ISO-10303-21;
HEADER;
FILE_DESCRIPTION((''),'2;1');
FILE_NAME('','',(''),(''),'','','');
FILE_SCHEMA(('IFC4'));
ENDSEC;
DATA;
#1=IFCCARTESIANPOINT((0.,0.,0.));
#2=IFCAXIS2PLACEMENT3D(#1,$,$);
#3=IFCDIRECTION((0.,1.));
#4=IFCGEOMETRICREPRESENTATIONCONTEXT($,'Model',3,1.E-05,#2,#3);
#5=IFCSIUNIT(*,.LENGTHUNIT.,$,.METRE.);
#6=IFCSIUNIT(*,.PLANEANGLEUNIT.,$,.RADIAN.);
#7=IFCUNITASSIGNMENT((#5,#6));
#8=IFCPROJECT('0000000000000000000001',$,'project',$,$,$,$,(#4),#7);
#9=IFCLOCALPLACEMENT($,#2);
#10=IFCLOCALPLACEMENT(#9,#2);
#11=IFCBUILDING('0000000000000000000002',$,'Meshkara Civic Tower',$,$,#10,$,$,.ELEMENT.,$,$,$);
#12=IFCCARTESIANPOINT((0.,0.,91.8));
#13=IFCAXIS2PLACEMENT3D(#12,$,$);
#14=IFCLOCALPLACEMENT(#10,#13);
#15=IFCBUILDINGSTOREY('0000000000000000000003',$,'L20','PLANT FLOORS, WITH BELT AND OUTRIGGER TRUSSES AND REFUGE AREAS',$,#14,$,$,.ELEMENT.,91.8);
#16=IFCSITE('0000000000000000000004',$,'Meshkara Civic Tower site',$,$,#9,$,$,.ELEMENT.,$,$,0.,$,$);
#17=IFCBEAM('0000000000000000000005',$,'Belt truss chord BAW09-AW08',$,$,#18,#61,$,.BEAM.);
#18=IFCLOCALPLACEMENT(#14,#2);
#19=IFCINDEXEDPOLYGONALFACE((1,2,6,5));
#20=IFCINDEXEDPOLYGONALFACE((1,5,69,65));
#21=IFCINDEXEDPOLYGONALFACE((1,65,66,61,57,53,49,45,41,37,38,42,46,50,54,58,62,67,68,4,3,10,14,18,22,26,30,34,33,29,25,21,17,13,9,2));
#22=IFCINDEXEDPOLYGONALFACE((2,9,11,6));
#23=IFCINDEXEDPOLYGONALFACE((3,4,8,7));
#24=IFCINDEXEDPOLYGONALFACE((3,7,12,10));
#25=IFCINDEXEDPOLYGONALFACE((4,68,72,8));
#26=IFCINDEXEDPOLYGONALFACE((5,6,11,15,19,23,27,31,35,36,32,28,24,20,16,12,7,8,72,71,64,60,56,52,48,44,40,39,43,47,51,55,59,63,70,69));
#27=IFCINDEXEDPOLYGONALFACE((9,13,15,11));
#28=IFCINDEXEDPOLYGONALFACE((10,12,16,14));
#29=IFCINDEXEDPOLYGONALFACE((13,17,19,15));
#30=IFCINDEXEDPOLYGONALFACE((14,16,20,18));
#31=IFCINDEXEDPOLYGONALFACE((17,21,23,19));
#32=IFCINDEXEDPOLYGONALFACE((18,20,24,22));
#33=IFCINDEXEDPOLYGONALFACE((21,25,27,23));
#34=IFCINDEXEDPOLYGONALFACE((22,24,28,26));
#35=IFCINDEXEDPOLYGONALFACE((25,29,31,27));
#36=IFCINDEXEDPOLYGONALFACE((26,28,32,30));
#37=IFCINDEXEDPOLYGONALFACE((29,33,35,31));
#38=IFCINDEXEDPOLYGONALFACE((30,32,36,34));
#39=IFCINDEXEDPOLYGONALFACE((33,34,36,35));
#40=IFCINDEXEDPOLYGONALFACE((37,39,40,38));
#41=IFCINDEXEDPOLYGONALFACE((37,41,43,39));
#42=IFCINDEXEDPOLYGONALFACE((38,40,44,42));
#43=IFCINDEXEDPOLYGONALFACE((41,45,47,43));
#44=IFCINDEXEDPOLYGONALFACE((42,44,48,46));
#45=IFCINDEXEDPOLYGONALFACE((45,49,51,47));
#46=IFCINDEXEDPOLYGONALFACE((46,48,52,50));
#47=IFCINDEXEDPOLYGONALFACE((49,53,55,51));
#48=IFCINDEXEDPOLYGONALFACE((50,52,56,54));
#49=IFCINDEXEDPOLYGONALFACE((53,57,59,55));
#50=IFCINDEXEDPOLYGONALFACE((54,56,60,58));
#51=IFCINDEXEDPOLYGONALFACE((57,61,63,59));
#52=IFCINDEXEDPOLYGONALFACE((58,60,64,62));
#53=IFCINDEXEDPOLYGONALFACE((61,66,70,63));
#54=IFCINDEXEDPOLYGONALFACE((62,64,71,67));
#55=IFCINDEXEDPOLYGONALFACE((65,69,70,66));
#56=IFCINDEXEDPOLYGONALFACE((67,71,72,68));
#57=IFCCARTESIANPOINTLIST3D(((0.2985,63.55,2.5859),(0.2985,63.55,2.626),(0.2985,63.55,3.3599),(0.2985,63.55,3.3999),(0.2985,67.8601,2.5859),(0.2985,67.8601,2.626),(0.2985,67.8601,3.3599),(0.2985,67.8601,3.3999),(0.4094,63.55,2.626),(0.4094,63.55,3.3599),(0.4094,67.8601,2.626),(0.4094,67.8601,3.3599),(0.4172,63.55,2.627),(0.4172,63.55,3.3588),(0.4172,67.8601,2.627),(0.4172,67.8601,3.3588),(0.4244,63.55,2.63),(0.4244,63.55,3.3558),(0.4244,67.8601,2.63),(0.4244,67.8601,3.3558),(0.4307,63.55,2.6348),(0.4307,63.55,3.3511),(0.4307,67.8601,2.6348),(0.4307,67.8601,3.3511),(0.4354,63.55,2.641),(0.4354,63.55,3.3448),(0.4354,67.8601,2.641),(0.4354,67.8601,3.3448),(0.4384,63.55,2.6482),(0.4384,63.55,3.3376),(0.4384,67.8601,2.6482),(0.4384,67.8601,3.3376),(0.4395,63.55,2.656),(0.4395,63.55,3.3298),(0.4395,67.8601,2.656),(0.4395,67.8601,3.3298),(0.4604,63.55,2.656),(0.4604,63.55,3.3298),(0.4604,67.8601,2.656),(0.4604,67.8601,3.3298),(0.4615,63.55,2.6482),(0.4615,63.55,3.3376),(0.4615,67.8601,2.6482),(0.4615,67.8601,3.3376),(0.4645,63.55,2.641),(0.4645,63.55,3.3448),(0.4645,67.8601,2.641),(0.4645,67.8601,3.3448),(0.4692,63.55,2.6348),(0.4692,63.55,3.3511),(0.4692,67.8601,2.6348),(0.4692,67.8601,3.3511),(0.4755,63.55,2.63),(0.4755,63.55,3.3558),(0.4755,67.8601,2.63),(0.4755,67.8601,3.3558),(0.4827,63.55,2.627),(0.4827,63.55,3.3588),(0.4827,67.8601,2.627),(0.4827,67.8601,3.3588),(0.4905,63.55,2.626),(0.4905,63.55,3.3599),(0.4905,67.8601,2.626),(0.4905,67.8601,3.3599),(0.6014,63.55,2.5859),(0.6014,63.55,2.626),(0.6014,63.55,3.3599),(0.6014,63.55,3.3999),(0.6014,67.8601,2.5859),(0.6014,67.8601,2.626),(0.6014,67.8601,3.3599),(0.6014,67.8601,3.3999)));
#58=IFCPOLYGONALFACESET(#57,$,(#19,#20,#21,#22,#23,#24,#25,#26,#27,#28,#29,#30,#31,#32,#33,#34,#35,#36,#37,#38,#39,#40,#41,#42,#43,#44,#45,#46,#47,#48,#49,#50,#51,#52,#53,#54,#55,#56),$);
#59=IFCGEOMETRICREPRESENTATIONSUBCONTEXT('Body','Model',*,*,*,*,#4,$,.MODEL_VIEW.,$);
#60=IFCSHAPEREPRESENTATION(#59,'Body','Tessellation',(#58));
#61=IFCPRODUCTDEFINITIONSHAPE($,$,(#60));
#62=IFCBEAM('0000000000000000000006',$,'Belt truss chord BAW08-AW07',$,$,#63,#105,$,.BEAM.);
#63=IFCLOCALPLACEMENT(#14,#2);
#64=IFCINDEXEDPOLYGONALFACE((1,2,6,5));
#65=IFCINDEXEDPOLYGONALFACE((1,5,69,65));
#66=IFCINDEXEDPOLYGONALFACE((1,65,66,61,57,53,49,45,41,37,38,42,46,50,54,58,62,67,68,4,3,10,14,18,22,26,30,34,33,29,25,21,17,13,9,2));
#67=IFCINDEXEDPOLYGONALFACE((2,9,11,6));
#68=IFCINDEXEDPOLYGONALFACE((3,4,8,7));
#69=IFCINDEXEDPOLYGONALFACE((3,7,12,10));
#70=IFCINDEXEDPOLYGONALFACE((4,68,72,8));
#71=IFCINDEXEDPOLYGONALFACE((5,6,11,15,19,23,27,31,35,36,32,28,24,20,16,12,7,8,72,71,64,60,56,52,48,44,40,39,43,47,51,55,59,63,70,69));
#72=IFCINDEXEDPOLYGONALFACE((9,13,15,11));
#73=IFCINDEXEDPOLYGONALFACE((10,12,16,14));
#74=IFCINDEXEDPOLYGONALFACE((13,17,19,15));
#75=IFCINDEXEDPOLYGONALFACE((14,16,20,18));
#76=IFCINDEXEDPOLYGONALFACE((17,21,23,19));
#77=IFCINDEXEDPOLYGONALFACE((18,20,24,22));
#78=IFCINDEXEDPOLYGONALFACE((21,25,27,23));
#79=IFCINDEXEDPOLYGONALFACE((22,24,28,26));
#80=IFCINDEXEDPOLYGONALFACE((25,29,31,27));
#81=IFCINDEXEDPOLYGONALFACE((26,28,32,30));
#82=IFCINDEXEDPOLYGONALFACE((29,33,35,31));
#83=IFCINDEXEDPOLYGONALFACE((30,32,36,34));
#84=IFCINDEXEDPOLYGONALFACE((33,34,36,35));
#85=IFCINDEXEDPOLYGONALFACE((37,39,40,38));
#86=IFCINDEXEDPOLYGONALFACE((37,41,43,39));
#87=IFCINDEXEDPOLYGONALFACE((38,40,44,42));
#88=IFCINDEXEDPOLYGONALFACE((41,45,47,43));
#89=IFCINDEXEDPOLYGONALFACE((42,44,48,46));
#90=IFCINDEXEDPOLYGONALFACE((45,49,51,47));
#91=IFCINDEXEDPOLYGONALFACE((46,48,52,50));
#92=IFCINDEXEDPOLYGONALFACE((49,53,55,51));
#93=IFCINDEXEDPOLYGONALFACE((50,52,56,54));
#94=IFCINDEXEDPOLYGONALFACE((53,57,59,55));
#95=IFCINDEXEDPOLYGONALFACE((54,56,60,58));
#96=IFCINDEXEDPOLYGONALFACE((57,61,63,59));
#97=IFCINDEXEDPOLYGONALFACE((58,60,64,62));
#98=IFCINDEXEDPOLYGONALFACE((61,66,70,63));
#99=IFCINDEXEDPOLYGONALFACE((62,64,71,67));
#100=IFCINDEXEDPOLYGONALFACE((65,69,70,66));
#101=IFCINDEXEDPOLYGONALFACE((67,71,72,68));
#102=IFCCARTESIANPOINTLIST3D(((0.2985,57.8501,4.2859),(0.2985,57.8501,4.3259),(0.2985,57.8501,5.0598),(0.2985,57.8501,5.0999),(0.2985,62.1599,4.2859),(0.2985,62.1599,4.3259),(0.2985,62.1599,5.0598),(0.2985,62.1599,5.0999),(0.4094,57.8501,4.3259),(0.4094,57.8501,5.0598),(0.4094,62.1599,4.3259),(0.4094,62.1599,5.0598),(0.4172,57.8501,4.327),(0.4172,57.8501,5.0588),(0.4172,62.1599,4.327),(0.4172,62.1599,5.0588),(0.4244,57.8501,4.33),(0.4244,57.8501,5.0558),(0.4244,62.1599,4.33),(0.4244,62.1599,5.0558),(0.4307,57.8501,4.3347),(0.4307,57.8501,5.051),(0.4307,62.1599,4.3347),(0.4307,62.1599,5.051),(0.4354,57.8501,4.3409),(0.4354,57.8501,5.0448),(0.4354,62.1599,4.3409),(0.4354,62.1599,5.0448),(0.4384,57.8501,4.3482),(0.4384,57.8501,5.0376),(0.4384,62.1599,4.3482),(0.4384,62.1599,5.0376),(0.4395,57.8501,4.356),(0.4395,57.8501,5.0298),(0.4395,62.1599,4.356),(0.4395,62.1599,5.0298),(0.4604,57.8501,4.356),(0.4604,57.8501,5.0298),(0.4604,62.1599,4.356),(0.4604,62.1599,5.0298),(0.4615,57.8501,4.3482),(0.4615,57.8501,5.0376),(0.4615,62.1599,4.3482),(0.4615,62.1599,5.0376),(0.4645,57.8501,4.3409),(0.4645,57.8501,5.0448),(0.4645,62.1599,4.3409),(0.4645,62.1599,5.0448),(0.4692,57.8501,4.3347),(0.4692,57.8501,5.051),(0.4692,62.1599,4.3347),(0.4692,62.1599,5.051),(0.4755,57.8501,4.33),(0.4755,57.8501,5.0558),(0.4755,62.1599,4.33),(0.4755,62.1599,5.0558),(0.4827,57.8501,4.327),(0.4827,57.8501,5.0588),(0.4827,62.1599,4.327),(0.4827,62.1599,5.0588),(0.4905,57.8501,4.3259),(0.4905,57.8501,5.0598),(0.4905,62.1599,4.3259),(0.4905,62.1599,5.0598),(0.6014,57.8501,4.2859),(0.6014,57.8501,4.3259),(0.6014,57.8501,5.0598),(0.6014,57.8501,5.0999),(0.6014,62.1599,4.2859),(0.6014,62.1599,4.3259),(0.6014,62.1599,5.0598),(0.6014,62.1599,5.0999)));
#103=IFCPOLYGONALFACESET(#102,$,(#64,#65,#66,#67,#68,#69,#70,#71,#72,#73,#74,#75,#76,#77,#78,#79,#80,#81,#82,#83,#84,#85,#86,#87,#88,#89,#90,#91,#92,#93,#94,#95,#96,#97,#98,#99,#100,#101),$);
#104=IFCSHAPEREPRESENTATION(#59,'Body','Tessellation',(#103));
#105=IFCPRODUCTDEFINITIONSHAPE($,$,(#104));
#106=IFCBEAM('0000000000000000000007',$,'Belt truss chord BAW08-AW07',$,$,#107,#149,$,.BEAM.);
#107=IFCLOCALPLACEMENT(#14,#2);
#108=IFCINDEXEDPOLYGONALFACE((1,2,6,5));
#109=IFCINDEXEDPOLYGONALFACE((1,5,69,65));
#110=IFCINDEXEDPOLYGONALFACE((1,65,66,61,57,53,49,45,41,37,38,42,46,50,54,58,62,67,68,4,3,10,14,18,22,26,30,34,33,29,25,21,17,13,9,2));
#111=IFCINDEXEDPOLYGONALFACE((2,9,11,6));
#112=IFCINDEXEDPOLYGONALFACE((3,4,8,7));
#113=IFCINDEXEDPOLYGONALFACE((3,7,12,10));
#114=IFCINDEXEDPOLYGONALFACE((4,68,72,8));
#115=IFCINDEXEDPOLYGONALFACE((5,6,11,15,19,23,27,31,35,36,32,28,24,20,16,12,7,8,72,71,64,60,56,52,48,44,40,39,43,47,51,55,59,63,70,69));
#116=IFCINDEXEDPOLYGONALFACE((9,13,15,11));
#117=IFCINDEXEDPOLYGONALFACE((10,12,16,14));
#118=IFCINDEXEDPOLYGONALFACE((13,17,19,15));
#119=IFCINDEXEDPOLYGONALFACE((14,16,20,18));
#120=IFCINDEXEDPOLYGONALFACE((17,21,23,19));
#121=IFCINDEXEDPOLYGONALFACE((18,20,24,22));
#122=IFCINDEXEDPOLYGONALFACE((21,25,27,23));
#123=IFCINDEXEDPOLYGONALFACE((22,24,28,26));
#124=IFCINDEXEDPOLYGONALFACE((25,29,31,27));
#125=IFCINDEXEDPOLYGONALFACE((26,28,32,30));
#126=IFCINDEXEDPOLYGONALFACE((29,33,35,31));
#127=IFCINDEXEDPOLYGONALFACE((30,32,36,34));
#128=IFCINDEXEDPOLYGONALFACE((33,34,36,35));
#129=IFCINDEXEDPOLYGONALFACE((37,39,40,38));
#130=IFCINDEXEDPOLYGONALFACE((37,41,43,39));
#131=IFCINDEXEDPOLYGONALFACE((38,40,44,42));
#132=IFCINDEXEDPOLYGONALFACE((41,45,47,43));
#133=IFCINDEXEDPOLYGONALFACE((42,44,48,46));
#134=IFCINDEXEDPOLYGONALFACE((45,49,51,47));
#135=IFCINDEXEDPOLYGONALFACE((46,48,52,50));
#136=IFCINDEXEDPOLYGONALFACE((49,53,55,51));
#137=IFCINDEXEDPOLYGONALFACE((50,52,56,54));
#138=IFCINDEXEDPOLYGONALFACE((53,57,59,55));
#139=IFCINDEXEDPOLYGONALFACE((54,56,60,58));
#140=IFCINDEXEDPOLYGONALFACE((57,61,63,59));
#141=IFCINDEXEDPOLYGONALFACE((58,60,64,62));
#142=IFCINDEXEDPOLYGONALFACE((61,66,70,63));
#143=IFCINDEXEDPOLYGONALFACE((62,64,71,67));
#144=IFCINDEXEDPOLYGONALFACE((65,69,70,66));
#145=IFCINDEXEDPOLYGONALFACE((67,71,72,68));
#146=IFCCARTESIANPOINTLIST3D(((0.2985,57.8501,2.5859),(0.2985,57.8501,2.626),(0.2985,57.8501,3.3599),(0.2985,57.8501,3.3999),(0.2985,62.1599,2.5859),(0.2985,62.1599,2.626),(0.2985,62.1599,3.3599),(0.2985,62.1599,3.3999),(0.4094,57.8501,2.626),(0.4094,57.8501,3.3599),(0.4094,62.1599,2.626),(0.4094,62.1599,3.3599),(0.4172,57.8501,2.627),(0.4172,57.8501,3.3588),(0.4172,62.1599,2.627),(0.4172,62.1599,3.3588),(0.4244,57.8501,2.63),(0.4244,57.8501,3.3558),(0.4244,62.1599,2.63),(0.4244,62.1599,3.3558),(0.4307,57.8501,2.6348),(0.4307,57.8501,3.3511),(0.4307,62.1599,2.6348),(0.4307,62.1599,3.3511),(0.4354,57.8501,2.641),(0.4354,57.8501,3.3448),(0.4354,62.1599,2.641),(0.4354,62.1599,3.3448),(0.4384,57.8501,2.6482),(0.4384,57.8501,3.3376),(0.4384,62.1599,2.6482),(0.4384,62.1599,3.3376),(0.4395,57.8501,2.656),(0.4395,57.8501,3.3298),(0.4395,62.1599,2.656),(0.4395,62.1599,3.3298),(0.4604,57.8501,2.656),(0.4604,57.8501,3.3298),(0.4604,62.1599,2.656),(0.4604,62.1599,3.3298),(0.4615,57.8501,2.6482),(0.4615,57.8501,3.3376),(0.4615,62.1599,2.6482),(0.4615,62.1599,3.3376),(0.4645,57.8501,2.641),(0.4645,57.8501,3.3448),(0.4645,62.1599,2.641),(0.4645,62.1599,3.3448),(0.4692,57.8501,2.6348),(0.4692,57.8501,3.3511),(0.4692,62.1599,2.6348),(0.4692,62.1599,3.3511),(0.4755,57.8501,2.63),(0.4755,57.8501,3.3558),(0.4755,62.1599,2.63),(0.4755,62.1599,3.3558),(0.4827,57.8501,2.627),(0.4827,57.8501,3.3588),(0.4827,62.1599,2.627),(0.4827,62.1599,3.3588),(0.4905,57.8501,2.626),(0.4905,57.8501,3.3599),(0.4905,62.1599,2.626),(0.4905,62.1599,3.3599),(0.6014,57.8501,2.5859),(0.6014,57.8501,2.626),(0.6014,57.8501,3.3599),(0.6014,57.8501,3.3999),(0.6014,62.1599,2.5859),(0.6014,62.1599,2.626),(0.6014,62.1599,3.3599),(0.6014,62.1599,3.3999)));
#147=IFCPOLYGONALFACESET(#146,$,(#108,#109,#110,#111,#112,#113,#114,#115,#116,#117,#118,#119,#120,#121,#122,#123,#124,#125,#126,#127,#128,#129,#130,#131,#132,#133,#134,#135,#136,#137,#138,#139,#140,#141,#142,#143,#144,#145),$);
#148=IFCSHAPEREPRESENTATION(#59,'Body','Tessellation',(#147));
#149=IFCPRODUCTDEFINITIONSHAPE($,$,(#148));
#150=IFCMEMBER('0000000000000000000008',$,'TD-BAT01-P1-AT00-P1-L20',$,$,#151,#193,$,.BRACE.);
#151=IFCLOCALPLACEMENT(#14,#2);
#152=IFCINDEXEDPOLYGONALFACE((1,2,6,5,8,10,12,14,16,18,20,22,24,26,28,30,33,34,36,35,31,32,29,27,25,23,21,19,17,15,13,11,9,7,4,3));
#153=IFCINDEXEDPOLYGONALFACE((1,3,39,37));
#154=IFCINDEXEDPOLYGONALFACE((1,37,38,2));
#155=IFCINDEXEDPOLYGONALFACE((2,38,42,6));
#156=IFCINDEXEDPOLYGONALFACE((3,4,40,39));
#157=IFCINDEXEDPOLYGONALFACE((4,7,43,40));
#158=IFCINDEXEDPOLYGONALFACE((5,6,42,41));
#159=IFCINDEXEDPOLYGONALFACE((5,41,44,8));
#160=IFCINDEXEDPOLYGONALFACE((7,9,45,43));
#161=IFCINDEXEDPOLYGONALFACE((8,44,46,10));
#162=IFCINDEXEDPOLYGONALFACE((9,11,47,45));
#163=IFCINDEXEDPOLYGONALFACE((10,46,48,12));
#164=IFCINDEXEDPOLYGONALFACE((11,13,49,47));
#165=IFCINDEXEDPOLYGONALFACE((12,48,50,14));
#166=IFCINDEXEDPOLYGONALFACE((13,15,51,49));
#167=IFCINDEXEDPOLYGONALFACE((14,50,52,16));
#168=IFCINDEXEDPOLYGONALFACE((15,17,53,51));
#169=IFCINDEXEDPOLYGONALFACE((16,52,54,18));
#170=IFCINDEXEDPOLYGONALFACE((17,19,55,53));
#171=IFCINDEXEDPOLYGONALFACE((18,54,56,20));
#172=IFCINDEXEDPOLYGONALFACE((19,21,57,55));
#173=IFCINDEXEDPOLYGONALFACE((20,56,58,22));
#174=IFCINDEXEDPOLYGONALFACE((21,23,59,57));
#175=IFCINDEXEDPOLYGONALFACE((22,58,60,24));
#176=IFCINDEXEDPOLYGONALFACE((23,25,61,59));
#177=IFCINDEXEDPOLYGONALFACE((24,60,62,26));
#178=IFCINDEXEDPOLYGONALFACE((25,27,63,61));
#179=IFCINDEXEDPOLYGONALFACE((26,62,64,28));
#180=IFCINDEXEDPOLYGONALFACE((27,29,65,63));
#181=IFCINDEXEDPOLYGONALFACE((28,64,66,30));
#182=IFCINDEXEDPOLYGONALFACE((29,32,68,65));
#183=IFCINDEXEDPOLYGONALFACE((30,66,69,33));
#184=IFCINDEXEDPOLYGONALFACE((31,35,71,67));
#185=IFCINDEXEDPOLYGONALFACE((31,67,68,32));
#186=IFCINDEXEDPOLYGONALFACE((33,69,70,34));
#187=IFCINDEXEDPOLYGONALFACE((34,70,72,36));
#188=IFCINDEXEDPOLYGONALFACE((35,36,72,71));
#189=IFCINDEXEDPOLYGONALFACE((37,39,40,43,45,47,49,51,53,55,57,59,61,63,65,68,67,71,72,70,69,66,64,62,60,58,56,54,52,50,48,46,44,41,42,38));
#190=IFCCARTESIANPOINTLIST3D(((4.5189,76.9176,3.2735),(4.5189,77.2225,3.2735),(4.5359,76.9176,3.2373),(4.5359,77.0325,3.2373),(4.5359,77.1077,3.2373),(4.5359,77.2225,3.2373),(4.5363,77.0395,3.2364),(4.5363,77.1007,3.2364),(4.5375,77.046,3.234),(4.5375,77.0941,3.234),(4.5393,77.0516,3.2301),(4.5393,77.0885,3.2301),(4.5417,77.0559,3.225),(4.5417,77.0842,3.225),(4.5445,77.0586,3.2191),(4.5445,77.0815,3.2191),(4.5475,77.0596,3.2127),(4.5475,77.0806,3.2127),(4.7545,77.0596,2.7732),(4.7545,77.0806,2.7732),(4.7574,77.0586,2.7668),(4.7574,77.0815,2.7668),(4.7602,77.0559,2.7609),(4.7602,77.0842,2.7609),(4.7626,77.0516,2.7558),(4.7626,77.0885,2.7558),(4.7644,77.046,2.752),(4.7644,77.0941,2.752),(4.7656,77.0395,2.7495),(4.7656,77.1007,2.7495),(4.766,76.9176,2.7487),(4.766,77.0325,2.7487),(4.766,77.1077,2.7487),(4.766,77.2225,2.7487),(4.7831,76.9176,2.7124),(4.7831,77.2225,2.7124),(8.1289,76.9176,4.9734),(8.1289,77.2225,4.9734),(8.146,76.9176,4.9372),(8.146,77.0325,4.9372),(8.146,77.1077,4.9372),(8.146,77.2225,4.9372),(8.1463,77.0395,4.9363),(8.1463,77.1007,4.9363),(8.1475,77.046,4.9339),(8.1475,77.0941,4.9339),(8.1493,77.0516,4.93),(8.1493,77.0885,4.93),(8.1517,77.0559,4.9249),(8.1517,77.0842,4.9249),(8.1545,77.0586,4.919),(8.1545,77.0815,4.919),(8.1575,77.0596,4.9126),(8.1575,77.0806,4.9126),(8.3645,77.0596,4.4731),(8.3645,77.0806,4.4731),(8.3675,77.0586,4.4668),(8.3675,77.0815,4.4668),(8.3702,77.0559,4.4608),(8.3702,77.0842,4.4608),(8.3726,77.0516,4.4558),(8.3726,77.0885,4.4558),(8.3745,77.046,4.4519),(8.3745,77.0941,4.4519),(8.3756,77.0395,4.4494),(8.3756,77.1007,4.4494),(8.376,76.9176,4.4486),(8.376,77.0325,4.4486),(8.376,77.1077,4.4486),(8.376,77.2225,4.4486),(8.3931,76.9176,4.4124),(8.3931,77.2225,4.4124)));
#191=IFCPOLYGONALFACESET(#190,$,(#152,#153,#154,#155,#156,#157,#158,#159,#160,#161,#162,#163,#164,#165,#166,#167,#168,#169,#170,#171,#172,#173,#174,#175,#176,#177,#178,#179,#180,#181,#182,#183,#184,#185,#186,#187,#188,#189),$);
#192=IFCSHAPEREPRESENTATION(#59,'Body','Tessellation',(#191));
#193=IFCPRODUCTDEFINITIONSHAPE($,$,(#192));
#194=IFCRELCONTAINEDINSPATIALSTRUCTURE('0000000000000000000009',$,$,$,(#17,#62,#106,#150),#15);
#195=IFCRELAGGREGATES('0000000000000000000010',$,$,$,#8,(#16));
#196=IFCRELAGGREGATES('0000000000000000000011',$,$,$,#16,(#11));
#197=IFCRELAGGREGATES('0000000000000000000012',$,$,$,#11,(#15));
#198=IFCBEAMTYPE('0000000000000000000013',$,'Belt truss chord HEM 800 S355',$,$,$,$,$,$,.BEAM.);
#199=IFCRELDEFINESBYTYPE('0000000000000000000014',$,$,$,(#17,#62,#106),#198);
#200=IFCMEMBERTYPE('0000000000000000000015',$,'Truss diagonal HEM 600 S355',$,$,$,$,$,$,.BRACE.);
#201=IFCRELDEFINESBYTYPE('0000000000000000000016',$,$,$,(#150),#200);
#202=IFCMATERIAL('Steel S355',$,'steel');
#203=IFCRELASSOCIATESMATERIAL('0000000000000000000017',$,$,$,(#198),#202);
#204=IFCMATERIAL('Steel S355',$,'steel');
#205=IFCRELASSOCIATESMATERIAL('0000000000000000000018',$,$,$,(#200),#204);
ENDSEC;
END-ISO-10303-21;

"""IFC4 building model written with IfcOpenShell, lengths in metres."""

from ifc_helpers import new_model, si_unit, direction, frame, origin, origin_2d, place, context, subcontext, project, spatial, i_section, extrude, material, material_profile, profile_set, type_object, element, save


model = new_model("IFC4")

# Units and contexts
model_context = context("Model", 3, precision=1e-05, world=origin(), true_north=direction((0.0, 1.0)))
body_context = subcontext(model_context, "Body", "Model", "MODEL_VIEW")
ifc_project = project(units=[si_unit("LENGTHUNIT", "METRE"), si_unit("PLANEANGLEUNIT", "RADIAN")], contexts=[model_context])

# Site, building, storey
site_placement = place(None, origin())
site = spatial("IfcSite", under=ifc_project, at=site_placement, Name="Meshkara Civic Tower site", CompositionType="ELEMENT", RefElevation=0.0)
building_placement = place(site_placement, origin())
building = spatial("IfcBuilding", under=site, at=building_placement, Name="Meshkara Civic Tower", CompositionType="ELEMENT")
storey_placement = place(building_placement, frame((0.0, 0.0, 91.8)))
storey = spatial("IfcBuildingStorey", under=building, at=storey_placement, Name="L20", Description="PLANT FLOORS, WITH BELT AND OUTRIGGER TRUSSES AND REFUGE AREAS", CompositionType="ELEMENT", Elevation=91.8)

# Beams
ifc_material_1 = material(Name="Steel S355", Category="steel")
ifc_material_profile_1 = material_profile(ifc_material_1, i_section(OverallWidth=0.303, OverallDepth=0.814, WebThickness=0.021, FlangeThickness=0.04, FilletRadius=0.03, at=origin_2d()))
ifc_profile_set_1 = profile_set([ifc_material_profile_1], Name="Steel S355")
beam_type = type_object("IfcBeamType", Name="Belt truss chord HEM 800 S355", PredefinedType="BEAM", material=ifc_profile_set_1)
for number, where, z_axis, x_axis, name in (
    (1, (0.45, 67.8601, 2.9929), (0.0, -1.0, 0.0), (1.0, 0.0, 0.0), "Belt truss chord BAW09-AW08"),
):
    element("IfcBeam", number, at=place(storey_placement, frame(where, z_axis=z_axis, x_axis=x_axis)), inside=storey, type_object=beam_type, Name=name, PredefinedType="BEAM", context=body_context, shape_type="SweptSolid", body=[
        extrude(i_section(OverallWidth=0.303, OverallDepth=0.814, WebThickness=0.021, FlangeThickness=0.04, FilletRadius=0.03, at=origin_2d()), origin(), (0.0, 0.0, 1.0), 4.3101),
    ])
for number, where, z_axis, x_axis, name in (
    (2, (0.45, 62.1599, 4.6929), (0.0, -1.0, 0.0), (1.0, 0.0, 0.0), "Belt truss chord BAW08-AW07"),
    (3, (0.45, 62.1599, 2.9929), (0.0, -1.0, 0.0), (1.0, 0.0, 0.0), "Belt truss chord BAW08-AW07"),
):
    element("IfcBeam", number, at=place(storey_placement, frame(where, z_axis=z_axis, x_axis=x_axis)), inside=storey, type_object=beam_type, Name=name, PredefinedType="BEAM", context=body_context, shape_type="SweptSolid", body=[
        extrude(i_section(OverallWidth=0.303, OverallDepth=0.814, WebThickness=0.021, FlangeThickness=0.04, FilletRadius=0.03, at=origin_2d()), origin(), (0.0, 0.0, 1.0), 4.3098),
    ])

# Member
ifc_material_2 = material(Name="Steel S355", Category="steel")
ifc_material_profile_2 = material_profile(ifc_material_2, i_section(OverallWidth=0.3049, OverallDepth=0.6201, WebThickness=0.021, FlangeThickness=0.04, FilletRadius=0.0271, at=origin_2d()))
ifc_profile_set_2 = profile_set([ifc_material_profile_2], Name="Steel S355")
member_type = type_object("IfcMemberType", Name="Truss diagonal HEM 600 S355", PredefinedType="BRACE", material=ifc_profile_set_2)
member_1_placement = place(storey_placement, frame((8.261, 77.0701, 4.6929), z_axis=(-0.904715, 0.0, -0.426018), x_axis=(0.0, -1.0, 0.0)))
element("IfcMember", 4, at=member_1_placement, inside=storey, type_object=member_type, Name="TD-BAT01-P1-AT00-P1-L20", PredefinedType="BRACE", context=body_context, shape_type="SweptSolid", body=[
    extrude(i_section(OverallWidth=0.3049, OverallDepth=0.6201, WebThickness=0.021, FlangeThickness=0.04, FilletRadius=0.0271, at=origin_2d()), origin(), (0.0, 0.0, 1.0), 3.9902),
])

save(model, "model.ifc")
